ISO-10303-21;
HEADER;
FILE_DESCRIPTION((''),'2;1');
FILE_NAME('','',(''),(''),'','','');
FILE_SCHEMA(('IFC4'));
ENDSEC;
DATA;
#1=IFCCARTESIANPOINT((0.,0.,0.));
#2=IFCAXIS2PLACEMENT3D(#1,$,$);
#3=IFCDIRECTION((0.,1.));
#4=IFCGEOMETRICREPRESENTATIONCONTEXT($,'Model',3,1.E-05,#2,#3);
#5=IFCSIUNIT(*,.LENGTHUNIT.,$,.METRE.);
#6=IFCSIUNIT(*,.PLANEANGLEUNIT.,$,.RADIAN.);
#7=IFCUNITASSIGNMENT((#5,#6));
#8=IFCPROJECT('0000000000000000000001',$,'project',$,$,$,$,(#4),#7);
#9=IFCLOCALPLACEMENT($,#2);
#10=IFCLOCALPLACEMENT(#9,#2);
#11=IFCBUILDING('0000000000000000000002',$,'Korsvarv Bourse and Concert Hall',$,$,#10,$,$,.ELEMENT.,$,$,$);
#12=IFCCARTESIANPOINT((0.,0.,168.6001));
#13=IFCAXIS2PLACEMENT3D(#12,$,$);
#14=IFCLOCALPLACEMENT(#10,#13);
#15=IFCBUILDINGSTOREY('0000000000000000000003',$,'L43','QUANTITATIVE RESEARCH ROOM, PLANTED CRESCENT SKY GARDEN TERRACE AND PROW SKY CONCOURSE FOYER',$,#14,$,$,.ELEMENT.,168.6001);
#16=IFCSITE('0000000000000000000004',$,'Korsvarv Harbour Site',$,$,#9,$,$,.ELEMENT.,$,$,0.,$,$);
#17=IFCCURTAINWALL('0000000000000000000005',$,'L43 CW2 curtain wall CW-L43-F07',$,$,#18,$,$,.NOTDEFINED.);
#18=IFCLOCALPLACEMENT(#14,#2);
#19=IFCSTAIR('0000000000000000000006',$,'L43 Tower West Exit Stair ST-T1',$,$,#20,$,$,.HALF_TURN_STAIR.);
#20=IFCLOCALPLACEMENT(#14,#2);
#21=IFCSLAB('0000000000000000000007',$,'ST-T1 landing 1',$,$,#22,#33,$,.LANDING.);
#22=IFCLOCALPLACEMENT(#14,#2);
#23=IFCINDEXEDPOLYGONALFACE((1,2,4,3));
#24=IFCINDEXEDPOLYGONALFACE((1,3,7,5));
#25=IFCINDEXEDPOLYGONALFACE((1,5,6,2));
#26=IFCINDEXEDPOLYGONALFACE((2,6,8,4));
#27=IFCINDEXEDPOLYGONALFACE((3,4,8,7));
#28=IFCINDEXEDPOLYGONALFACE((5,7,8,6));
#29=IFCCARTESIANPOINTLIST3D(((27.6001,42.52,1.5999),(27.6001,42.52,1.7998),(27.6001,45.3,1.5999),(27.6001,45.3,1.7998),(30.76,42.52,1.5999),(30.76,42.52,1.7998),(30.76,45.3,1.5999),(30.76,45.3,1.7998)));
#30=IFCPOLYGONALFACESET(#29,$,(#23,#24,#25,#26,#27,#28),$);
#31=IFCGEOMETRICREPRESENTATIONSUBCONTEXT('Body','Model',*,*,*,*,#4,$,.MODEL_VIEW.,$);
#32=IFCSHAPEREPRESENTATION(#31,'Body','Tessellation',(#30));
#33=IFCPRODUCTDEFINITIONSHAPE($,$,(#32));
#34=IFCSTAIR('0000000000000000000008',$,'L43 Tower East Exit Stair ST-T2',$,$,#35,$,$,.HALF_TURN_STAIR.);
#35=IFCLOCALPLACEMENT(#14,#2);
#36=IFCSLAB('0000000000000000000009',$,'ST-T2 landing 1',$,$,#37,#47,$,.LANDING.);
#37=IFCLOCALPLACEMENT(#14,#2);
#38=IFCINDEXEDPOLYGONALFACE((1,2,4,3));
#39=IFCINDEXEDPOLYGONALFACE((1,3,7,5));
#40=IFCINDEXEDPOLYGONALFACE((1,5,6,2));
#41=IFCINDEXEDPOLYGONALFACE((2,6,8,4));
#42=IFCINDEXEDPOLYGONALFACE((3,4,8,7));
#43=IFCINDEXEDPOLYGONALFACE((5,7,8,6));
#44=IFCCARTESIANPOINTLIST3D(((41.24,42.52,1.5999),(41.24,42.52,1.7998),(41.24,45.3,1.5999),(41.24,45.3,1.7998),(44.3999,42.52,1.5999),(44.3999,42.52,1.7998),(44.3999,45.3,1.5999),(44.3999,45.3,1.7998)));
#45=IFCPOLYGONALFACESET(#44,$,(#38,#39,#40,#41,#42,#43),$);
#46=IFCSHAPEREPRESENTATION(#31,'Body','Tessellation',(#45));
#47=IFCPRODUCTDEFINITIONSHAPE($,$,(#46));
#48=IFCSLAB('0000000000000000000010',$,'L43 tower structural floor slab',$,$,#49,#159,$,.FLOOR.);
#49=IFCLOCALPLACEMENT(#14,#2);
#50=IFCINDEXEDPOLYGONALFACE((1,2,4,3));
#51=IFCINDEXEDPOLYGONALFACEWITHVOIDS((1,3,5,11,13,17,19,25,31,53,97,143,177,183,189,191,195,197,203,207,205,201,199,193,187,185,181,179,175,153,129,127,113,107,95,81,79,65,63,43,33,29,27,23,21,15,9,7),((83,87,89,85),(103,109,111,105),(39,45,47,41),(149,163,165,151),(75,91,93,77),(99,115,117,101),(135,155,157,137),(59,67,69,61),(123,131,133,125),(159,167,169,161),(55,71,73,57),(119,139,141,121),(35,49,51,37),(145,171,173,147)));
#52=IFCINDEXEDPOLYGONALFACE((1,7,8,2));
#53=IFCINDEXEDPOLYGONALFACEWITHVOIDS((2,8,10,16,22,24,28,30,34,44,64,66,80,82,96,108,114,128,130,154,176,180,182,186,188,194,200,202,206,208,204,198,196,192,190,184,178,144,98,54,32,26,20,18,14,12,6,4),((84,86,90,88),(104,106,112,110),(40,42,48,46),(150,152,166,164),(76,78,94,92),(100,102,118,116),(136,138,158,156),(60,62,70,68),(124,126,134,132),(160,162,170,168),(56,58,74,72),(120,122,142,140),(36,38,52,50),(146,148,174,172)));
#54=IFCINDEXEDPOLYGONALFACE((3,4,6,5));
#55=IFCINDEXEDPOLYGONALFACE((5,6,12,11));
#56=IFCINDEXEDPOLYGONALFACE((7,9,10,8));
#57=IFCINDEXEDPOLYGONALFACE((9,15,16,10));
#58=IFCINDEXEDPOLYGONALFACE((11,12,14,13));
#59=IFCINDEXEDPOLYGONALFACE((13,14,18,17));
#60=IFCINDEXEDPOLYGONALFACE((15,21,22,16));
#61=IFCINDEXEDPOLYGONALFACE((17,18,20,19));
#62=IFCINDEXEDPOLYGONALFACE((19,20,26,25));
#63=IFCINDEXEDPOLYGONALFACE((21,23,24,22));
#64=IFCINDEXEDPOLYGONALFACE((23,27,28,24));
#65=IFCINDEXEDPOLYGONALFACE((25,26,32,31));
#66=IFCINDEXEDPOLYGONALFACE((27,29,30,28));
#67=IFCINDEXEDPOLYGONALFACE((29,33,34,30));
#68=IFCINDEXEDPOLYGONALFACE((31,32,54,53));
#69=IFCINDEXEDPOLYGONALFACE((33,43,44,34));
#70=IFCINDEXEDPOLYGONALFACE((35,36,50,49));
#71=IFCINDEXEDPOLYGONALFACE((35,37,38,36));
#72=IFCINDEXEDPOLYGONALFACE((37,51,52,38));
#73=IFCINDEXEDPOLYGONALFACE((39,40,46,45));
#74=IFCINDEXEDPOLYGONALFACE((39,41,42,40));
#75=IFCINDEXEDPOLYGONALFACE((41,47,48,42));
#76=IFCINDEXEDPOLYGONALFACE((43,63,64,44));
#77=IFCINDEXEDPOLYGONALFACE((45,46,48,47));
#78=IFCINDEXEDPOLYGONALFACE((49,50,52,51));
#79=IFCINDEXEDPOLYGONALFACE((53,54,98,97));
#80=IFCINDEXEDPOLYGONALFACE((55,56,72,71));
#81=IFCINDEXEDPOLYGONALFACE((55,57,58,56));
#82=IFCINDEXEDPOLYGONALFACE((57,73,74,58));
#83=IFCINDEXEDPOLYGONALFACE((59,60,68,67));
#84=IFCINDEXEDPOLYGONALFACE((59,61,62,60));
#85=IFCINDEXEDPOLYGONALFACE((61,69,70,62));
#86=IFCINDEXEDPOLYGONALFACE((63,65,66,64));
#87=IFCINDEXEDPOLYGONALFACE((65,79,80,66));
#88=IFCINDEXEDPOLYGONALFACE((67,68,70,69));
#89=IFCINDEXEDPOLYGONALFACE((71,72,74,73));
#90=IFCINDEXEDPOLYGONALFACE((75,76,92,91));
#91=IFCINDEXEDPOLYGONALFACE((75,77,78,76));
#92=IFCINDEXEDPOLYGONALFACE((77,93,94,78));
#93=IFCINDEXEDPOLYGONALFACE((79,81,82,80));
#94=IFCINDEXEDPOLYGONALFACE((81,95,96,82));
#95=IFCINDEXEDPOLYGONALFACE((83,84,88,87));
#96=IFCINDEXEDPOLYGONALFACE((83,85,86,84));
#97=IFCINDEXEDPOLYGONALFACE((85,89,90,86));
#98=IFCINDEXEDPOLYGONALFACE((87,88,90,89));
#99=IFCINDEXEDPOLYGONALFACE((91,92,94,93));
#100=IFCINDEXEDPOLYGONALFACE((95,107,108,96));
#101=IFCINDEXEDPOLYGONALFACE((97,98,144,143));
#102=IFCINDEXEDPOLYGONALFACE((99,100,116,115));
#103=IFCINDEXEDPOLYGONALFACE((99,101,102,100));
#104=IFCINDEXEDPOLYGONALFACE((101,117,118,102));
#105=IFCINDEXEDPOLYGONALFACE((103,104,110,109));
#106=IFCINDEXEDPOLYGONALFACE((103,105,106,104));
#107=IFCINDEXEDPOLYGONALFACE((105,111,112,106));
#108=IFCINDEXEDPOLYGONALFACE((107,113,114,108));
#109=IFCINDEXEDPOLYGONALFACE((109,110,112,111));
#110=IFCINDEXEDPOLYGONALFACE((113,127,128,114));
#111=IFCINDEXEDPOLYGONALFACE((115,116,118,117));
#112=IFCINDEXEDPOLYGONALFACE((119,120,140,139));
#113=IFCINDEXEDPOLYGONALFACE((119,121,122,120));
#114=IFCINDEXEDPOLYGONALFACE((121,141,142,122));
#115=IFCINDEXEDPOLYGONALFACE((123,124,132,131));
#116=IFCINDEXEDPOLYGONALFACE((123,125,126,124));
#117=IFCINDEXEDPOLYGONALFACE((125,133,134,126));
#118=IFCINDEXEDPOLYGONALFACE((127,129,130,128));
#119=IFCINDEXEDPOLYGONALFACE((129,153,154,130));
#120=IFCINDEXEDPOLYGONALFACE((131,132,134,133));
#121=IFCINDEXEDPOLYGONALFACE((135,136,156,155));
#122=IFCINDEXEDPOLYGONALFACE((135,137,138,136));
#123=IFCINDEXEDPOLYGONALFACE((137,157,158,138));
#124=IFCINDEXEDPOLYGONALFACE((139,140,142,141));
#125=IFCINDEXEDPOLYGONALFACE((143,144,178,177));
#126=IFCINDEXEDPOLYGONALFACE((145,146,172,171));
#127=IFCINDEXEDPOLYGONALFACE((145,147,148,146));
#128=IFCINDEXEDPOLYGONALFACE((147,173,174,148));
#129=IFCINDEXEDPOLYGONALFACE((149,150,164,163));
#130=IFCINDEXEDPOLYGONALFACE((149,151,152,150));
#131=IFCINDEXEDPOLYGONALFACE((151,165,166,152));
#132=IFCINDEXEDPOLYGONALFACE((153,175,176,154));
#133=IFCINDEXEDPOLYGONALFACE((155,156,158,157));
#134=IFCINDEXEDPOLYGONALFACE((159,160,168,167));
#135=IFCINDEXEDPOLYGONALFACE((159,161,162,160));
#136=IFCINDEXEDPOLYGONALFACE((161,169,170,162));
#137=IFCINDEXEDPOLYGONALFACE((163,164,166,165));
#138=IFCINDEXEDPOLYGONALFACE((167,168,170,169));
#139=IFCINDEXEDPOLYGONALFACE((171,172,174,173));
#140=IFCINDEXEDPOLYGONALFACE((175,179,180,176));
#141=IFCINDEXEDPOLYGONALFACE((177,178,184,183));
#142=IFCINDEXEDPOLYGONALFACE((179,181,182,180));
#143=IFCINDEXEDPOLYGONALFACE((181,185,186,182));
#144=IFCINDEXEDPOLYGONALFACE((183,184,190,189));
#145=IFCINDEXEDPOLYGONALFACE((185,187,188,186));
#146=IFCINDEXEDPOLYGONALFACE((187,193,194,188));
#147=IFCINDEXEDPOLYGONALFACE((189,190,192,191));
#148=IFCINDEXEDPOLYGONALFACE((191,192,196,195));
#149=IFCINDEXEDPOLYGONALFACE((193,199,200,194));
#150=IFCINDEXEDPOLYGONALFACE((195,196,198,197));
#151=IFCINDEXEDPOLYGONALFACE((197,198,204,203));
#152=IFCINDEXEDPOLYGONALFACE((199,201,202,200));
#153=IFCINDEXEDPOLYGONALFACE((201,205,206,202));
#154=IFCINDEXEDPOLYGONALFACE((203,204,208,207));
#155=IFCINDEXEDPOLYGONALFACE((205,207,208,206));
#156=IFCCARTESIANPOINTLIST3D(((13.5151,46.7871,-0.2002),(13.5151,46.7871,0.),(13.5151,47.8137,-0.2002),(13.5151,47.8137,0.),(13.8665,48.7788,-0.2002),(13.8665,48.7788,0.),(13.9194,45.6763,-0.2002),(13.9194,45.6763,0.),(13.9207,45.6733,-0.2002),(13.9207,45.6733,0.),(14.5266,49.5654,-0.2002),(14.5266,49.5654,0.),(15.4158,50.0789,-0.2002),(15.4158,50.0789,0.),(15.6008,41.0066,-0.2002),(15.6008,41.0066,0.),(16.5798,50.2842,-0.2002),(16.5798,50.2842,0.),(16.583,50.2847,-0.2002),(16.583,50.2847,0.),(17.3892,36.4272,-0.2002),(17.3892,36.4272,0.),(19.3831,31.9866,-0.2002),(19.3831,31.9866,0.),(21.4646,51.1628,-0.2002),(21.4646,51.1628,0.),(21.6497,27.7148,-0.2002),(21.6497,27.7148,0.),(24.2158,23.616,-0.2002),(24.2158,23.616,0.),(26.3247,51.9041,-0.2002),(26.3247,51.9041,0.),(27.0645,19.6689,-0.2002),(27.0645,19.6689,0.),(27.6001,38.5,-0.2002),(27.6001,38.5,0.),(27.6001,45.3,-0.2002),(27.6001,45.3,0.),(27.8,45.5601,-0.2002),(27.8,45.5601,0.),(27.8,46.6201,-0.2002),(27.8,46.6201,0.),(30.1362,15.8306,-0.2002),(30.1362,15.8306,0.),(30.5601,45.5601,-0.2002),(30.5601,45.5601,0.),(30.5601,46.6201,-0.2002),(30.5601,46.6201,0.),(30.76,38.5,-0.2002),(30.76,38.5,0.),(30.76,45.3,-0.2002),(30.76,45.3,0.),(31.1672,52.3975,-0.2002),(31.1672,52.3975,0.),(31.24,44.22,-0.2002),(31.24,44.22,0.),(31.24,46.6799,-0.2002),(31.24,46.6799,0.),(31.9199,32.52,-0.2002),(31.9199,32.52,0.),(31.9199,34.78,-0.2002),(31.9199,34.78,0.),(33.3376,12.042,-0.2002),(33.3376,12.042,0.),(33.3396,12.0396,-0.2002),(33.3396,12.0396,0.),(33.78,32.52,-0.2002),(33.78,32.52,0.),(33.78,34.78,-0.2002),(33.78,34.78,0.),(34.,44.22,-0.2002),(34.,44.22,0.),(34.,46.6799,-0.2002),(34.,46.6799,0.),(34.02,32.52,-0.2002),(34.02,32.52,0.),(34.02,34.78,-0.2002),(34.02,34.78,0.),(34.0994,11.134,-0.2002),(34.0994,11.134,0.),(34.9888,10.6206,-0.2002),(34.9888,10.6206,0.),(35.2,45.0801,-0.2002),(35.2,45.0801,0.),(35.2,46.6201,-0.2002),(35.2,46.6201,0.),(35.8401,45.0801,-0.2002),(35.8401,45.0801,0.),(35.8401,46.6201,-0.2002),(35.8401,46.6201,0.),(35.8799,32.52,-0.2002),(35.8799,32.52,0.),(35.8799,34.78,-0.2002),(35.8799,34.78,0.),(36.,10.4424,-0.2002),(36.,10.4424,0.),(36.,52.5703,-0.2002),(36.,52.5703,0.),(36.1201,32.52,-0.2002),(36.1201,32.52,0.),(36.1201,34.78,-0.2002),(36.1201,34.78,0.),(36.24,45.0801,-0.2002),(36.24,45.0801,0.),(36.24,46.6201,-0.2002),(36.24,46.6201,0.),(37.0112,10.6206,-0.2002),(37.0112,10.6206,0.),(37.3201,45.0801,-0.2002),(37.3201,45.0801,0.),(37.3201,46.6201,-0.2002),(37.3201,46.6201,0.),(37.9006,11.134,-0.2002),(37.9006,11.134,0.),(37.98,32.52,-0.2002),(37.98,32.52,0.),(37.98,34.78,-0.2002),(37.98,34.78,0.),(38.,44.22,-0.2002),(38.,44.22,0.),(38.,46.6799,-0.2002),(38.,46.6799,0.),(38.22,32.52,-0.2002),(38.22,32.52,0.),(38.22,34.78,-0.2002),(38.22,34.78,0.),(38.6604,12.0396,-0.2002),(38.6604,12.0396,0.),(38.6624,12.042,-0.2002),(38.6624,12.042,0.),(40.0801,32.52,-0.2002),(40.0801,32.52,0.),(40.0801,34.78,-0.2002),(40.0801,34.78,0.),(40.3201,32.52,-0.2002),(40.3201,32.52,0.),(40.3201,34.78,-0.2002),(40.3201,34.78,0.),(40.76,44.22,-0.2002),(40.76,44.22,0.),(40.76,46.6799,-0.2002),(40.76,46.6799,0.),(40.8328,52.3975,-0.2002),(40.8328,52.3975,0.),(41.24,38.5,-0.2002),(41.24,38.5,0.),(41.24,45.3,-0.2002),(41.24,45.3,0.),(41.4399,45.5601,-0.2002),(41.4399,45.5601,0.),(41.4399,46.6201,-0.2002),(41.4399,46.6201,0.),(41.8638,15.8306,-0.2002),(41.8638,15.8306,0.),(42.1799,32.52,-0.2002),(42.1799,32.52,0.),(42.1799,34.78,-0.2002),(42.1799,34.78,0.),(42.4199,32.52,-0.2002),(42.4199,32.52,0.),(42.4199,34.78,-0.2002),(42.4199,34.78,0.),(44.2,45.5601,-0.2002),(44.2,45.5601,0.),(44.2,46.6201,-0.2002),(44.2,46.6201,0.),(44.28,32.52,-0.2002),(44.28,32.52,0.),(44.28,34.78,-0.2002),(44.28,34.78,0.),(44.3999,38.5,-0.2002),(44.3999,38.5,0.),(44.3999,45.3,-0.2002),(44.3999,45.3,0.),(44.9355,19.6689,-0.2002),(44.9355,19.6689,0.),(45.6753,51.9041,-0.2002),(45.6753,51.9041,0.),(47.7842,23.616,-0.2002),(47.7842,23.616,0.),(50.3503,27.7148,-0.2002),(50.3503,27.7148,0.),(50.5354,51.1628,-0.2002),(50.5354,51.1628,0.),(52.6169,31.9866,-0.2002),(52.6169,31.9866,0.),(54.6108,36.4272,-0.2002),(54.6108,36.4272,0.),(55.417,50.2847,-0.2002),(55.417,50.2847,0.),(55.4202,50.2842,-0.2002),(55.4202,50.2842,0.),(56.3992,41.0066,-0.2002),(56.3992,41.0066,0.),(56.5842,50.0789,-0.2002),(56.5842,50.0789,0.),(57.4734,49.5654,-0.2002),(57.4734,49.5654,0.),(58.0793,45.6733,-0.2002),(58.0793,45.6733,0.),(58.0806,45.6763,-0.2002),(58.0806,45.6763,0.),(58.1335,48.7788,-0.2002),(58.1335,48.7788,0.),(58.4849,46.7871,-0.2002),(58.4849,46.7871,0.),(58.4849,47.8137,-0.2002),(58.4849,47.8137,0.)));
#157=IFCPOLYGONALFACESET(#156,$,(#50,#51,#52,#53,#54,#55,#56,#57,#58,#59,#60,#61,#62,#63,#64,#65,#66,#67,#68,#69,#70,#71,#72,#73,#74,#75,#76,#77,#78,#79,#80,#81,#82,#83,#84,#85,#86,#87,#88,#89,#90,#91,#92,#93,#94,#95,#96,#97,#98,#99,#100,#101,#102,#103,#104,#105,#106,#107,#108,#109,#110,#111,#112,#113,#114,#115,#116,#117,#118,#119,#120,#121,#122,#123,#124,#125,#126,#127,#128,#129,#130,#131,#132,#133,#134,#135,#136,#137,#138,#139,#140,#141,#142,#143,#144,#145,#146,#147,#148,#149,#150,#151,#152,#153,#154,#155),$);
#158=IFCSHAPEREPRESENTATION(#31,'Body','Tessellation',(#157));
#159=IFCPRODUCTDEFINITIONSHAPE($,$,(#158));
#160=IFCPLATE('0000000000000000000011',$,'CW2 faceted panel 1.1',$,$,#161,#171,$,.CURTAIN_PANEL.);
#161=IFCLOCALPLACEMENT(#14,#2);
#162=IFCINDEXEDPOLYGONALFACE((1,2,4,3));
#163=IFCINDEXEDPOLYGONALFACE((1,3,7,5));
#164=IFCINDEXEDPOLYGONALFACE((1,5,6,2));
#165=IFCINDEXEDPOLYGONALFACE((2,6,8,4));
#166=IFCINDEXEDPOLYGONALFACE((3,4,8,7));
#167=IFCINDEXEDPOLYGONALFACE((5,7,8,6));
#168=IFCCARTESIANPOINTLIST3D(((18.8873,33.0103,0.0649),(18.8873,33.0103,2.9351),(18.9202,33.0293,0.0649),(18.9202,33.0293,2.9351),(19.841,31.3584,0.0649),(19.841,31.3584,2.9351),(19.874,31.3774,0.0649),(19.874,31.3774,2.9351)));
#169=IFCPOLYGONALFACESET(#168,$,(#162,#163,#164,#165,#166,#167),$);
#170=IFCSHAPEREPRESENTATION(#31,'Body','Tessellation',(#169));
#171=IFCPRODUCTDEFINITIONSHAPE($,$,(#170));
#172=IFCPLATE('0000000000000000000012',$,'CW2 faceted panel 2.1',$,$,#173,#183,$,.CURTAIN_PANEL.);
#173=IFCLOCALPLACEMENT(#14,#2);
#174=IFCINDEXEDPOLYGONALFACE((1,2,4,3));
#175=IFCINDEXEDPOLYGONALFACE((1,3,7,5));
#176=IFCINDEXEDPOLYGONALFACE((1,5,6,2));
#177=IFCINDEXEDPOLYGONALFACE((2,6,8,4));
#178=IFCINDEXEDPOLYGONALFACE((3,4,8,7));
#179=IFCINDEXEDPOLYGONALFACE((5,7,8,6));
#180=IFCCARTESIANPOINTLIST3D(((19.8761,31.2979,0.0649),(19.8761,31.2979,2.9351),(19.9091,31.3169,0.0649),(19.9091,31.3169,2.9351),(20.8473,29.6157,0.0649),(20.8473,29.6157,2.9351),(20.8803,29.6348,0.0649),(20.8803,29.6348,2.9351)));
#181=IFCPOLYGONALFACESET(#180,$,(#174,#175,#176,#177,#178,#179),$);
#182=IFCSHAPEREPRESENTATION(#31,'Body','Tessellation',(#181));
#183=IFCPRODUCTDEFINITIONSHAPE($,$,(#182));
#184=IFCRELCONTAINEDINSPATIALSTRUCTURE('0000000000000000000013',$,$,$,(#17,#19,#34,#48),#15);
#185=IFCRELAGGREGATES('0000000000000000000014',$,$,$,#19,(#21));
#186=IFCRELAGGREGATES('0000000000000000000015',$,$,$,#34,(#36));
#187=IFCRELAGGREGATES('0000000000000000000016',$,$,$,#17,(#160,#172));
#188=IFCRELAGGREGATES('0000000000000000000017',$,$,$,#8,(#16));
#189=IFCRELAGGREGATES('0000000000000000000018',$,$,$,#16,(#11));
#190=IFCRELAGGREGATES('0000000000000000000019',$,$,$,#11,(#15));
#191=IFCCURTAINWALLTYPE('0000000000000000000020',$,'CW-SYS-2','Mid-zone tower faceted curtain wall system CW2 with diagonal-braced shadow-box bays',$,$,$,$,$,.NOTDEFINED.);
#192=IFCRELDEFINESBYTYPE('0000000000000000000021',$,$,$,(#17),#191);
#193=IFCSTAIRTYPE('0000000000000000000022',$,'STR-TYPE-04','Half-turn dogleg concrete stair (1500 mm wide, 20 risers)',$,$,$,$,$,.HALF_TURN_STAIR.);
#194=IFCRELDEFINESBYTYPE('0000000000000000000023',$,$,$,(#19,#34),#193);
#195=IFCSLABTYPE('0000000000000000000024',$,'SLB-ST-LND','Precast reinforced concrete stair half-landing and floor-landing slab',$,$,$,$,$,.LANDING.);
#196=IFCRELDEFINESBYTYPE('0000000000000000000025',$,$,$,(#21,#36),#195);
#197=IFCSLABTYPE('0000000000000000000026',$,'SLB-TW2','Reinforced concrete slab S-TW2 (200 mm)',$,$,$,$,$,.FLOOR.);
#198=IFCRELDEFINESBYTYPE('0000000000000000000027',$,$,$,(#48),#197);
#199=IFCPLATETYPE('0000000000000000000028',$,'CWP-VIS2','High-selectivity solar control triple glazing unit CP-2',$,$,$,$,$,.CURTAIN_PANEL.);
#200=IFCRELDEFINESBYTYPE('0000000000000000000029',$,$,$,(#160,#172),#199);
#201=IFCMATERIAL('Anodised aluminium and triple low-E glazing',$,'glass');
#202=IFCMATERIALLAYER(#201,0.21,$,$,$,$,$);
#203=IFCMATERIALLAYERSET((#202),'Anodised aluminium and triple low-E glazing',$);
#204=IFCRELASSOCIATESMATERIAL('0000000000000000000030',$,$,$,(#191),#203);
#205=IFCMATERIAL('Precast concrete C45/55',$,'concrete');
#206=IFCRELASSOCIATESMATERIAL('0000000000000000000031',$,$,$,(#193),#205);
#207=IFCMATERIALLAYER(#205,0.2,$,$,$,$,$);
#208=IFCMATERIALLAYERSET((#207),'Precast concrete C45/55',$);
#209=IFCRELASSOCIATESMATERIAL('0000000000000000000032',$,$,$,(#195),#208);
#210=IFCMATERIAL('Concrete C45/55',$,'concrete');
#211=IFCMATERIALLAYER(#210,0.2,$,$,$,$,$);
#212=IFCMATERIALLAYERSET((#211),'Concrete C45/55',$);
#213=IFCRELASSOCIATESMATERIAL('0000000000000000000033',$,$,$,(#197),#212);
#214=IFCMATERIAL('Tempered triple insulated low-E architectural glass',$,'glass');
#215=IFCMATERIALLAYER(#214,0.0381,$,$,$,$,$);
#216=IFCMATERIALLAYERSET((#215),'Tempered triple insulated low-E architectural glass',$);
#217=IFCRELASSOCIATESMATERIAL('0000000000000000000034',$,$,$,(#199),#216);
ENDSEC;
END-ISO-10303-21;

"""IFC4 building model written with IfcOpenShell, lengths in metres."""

from ifc_helpers import new_model, si_unit, direction, frame, origin, origin_2d, place, context, subcontext, project, spatial, polyline, rectangle, outline, extrude, source, transform, mapped, material, layer, layer_set, type_object, element, aggregate, save


model = new_model("IFC4")

# Units and contexts
model_context = context("Model", 3, precision=1e-05, world=origin(), true_north=direction((0.0, 1.0)))
body_context = subcontext(model_context, "Body", "Model", "MODEL_VIEW")
ifc_project = project(units=[si_unit("LENGTHUNIT", "METRE"), si_unit("PLANEANGLEUNIT", "RADIAN")], contexts=[model_context])

# Site, building, storey
site_placement = place(None, origin())
site = spatial("IfcSite", under=ifc_project, at=site_placement, Name="Korsvarv Harbour Site", CompositionType="ELEMENT", RefElevation=0.0)
building_placement = place(site_placement, origin())
building = spatial("IfcBuilding", under=site, at=building_placement, Name="Korsvarv Bourse and Concert Hall", CompositionType="ELEMENT")
storey_placement = place(building_placement, frame((0.0, 0.0, 168.6001)))
storey = spatial("IfcBuildingStorey", under=building, at=storey_placement, Name="L43", Description="QUANTITATIVE RESEARCH ROOM, PLANTED CRESCENT SKY GARDEN TERRACE AND PROW SKY CONCOURSE FOYER", CompositionType="ELEMENT", Elevation=168.6001)

# Curtain wall
ifc_material_1 = material(Name="Anodised aluminium and triple low-E glazing", Category="glass")
ifc_layer_1 = layer(ifc_material_1, 0.21)
ifc_layer_set_1 = layer_set([ifc_layer_1], Name="Anodised aluminium and triple low-E glazing")
curtain_wall_type = type_object("IfcCurtainWallType", Name="CW-SYS-2", Description="Mid-zone tower faceted curtain wall system CW2 with diagonal-braced shadow-box bays", PredefinedType="NOTDEFINED", material=ifc_layer_set_1)
curtain_wall_placement = place(storey_placement, origin())
curtain_wall = element("IfcCurtainWall", 1, at=curtain_wall_placement, inside=storey, type_object=curtain_wall_type, Name="L43 CW2 curtain wall CW-L43-F07", PredefinedType="NOTDEFINED")

# Shared definitions
ifc_material_2 = material(Name="Precast concrete C45/55", Category="concrete")
ifc_material_3 = material(Name="Concrete C45/55", Category="concrete")

# Stairs, slabs
stair_type = type_object("IfcStairType", Name="STR-TYPE-04", Description="Half-turn dogleg concrete stair (1500 mm wide, 20 risers)", PredefinedType="HALF_TURN_STAIR", material=ifc_material_2)
stair_1_placement = place(storey_placement, origin())
stair_1 = element("IfcStair", 2, at=stair_1_placement, inside=storey, type_object=stair_type, Name="L43 Tower West Exit Stair ST-T1", PredefinedType="HALF_TURN_STAIR")
ifc_layer_2 = layer(ifc_material_2, 0.2)
ifc_layer_set_2 = layer_set([ifc_layer_2], Name="Precast concrete C45/55")
slab_type_1 = type_object("IfcSlabType", Name="SLB-ST-LND", Description="Precast reinforced concrete stair half-landing and floor-landing slab", PredefinedType="LANDING", material=ifc_layer_set_2)
slab_1_placement = place(storey_placement, frame((0.0, 0.0, 1.5999)))
slab_1 = element("IfcSlab", 3, at=slab_1_placement, type_object=slab_type_1, Name="ST-T1 landing 1", PredefinedType="LANDING", context=body_context, shape_type="SweptSolid", body=[
    extrude(outline(polyline([(30.76, 42.52), (30.76, 45.3), (27.6001, 45.3), (27.6001, 42.52), (30.76, 42.52)])), origin(), (0.0, 0.0, 1.0), 0.2),
])
aggregate(stair_1, [slab_1])
stair_2_placement = place(storey_placement, origin())
stair_2 = element("IfcStair", 4, at=stair_2_placement, inside=storey, type_object=stair_type, Name="L43 Tower East Exit Stair ST-T2", PredefinedType="HALF_TURN_STAIR")
slab_2_placement = place(storey_placement, frame((0.0, 0.0, 1.5999)))
slab_2 = element("IfcSlab", 5, at=slab_2_placement, type_object=slab_type_1, Name="ST-T2 landing 1", PredefinedType="LANDING", context=body_context, shape_type="SweptSolid", body=[
    extrude(outline(polyline([(44.3999, 42.52), (44.3999, 45.3), (41.24, 45.3), (41.24, 42.52), (44.3999, 42.52)])), origin(), (0.0, 0.0, 1.0), 0.2),
])
aggregate(stair_2, [slab_2])

# Slab
ifc_layer_3 = layer(ifc_material_3, 0.2)
ifc_layer_set_3 = layer_set([ifc_layer_3], Name="Concrete C45/55")
slab_type_2 = type_object("IfcSlabType", Name="SLB-TW2", Description="Reinforced concrete slab S-TW2 (200 mm)", PredefinedType="FLOOR", material=ifc_layer_set_3)
slab_3_placement = place(storey_placement, frame((0.0, 0.0, -0.2002)))
element("IfcSlab", 6, at=slab_3_placement, inside=storey, type_object=slab_type_2, Name="L43 tower structural floor slab", PredefinedType="FLOOR", context=body_context, shape_type="SweptSolid", body=[
    extrude(outline(polyline([(58.0793, 45.6733), (56.3992, 41.0066), (54.6108, 36.4272), (52.6169, 31.9866), (50.3503, 27.7148), (47.7842, 23.616), (44.9355, 19.6689), (41.8638, 15.8306), (38.6624, 12.042), (38.6604, 12.0396), (37.9006, 11.134), (37.0112, 10.6206), (36.0, 10.4424), (34.9888, 10.6206), (34.0994, 11.134), (33.3396, 12.0396), (33.3376, 12.042), (30.1362, 15.8306), (27.0645, 19.6689), (24.2158, 23.616), (21.6497, 27.7148), (19.3831, 31.9866), (17.3892, 36.4272), (15.6008, 41.0066), (13.9207, 45.6733), (13.9194, 45.6763), (13.5151, 46.7871), (13.5151, 47.8137), (13.8665, 48.7788), (14.5266, 49.5654), (15.4158, 50.0789), (16.5798, 50.2842), (16.583, 50.2847), (21.4646, 51.1628), (26.3247, 51.9041), (31.1672, 52.3975), (36.0, 52.5703), (40.8328, 52.3975), (45.6753, 51.9041), (50.5354, 51.1628), (55.417, 50.2847), (55.4202, 50.2842), (56.5842, 50.0789), (57.4734, 49.5654), (58.1335, 48.7788), (58.4849, 47.8137), (58.4849, 46.7871), (58.0806, 45.6763), (58.0793, 45.6733)]), holes=[polyline([(30.76, 38.5), (30.76, 45.3), (27.6001, 45.3), (27.6001, 38.5), (30.76, 38.5)]), polyline([(44.3999, 38.5), (44.3999, 45.3), (41.24, 45.3), (41.24, 38.5), (44.3999, 38.5)]), polyline([(31.24, 44.22), (34.0, 44.22), (34.0, 46.6799), (31.24, 46.6799), (31.24, 44.22)]), polyline([(38.0, 44.22), (40.76, 44.22), (40.76, 46.6799), (38.0, 46.6799), (38.0, 44.22)]), polyline([(31.9199, 32.52), (33.78, 32.52), (33.78, 34.78), (31.9199, 34.78), (31.9199, 32.52)]), polyline([(34.02, 32.52), (35.8799, 32.52), (35.8799, 34.78), (34.02, 34.78), (34.02, 32.52)]), polyline([(36.1201, 32.52), (37.98, 32.52), (37.98, 34.78), (36.1201, 34.78), (36.1201, 32.52)]), polyline([(38.22, 32.52), (40.0801, 32.52), (40.0801, 34.78), (38.22, 34.78), (38.22, 32.52)]), polyline([(40.3201, 32.52), (42.1799, 32.52), (42.1799, 34.78), (40.3201, 34.78), (40.3201, 32.52)]), polyline([(42.4199, 32.52), (44.28, 32.52), (44.28, 34.78), (42.4199, 34.78), (42.4199, 32.52)]), polyline([(27.8, 45.5601), (30.5601, 45.5601), (30.5601, 46.6201), (27.8, 46.6201), (27.8, 45.5601)]), polyline([(41.4399, 45.5601), (44.2, 45.5601), (44.2, 46.6201), (41.4399, 46.6201), (41.4399, 45.5601)]), polyline([(35.2, 45.0801), (35.8401, 45.0801), (35.8401, 46.6201), (35.2, 46.6201), (35.2, 45.0801)]), polyline([(36.24, 45.0801), (37.3201, 45.0801), (37.3201, 46.6201), (36.24, 46.6201), (36.24, 45.0801)])]), origin(), (0.0, 0.0, 1.0), 0.2002),
])

# Plates
ifc_material_4 = material(Name="Tempered triple insulated low-E architectural glass", Category="glass")
ifc_layer_4 = layer(ifc_material_4, 0.0381)
ifc_layer_set_4 = layer_set([ifc_layer_4], Name="Tempered triple insulated low-E architectural glass")
plate_type_1 = type_object("IfcPlateType", Name="CWP-VIS2", Description="High-selectivity solar control triple glazing unit CP-2", PredefinedType="CURTAIN_PANEL", material=ifc_layer_set_4)
shared_shape_1 = source(origin(), body_context, "Body", "SweptSolid", [
    extrude(rectangle(XDim=1.9075, YDim=0.0381, at=origin_2d()), origin(), (0.0, 0.0, 1.0), 2.8701),
])
plate_1_placement = place(storey_placement, frame((19.3806, 32.1938, 0.0649), z_axis=(0.0, 0.0, 1.0), x_axis=(0.500005, -0.866023, 0.0)))
plate_1 = element("IfcPlate", 7, at=plate_1_placement, type_object=plate_type_1, Name="CW2 faceted panel 1.1", PredefinedType="CURTAIN_PANEL", context=body_context, shape_type="MappedRepresentation", body=[
    mapped(shared_shape_1, transform((0.0, 0.0, 0.0), scale=1.0)),
])
shared_shape_2 = source(origin(), body_context, "Body", "SweptSolid", [
    extrude(rectangle(XDim=1.9424, YDim=0.0381, at=origin_2d()), origin(), (0.0, 0.0, 1.0), 2.8701),
])
plate_2_placement = place(storey_placement, frame((20.3782, 30.4663, 0.0649), z_axis=(0.0, 0.0, 1.0), x_axis=(0.500005, -0.866023, 0.0)))
plate_2 = element("IfcPlate", 8, at=plate_2_placement, type_object=plate_type_1, Name="CW2 faceted panel 2.1", PredefinedType="CURTAIN_PANEL", context=body_context, shape_type="MappedRepresentation", body=[
    mapped(shared_shape_2, transform((0.0, 0.0, 0.0), scale=1.0)),
])
aggregate(curtain_wall, [plate_1, plate_2])

save(model, "model.ifc")
